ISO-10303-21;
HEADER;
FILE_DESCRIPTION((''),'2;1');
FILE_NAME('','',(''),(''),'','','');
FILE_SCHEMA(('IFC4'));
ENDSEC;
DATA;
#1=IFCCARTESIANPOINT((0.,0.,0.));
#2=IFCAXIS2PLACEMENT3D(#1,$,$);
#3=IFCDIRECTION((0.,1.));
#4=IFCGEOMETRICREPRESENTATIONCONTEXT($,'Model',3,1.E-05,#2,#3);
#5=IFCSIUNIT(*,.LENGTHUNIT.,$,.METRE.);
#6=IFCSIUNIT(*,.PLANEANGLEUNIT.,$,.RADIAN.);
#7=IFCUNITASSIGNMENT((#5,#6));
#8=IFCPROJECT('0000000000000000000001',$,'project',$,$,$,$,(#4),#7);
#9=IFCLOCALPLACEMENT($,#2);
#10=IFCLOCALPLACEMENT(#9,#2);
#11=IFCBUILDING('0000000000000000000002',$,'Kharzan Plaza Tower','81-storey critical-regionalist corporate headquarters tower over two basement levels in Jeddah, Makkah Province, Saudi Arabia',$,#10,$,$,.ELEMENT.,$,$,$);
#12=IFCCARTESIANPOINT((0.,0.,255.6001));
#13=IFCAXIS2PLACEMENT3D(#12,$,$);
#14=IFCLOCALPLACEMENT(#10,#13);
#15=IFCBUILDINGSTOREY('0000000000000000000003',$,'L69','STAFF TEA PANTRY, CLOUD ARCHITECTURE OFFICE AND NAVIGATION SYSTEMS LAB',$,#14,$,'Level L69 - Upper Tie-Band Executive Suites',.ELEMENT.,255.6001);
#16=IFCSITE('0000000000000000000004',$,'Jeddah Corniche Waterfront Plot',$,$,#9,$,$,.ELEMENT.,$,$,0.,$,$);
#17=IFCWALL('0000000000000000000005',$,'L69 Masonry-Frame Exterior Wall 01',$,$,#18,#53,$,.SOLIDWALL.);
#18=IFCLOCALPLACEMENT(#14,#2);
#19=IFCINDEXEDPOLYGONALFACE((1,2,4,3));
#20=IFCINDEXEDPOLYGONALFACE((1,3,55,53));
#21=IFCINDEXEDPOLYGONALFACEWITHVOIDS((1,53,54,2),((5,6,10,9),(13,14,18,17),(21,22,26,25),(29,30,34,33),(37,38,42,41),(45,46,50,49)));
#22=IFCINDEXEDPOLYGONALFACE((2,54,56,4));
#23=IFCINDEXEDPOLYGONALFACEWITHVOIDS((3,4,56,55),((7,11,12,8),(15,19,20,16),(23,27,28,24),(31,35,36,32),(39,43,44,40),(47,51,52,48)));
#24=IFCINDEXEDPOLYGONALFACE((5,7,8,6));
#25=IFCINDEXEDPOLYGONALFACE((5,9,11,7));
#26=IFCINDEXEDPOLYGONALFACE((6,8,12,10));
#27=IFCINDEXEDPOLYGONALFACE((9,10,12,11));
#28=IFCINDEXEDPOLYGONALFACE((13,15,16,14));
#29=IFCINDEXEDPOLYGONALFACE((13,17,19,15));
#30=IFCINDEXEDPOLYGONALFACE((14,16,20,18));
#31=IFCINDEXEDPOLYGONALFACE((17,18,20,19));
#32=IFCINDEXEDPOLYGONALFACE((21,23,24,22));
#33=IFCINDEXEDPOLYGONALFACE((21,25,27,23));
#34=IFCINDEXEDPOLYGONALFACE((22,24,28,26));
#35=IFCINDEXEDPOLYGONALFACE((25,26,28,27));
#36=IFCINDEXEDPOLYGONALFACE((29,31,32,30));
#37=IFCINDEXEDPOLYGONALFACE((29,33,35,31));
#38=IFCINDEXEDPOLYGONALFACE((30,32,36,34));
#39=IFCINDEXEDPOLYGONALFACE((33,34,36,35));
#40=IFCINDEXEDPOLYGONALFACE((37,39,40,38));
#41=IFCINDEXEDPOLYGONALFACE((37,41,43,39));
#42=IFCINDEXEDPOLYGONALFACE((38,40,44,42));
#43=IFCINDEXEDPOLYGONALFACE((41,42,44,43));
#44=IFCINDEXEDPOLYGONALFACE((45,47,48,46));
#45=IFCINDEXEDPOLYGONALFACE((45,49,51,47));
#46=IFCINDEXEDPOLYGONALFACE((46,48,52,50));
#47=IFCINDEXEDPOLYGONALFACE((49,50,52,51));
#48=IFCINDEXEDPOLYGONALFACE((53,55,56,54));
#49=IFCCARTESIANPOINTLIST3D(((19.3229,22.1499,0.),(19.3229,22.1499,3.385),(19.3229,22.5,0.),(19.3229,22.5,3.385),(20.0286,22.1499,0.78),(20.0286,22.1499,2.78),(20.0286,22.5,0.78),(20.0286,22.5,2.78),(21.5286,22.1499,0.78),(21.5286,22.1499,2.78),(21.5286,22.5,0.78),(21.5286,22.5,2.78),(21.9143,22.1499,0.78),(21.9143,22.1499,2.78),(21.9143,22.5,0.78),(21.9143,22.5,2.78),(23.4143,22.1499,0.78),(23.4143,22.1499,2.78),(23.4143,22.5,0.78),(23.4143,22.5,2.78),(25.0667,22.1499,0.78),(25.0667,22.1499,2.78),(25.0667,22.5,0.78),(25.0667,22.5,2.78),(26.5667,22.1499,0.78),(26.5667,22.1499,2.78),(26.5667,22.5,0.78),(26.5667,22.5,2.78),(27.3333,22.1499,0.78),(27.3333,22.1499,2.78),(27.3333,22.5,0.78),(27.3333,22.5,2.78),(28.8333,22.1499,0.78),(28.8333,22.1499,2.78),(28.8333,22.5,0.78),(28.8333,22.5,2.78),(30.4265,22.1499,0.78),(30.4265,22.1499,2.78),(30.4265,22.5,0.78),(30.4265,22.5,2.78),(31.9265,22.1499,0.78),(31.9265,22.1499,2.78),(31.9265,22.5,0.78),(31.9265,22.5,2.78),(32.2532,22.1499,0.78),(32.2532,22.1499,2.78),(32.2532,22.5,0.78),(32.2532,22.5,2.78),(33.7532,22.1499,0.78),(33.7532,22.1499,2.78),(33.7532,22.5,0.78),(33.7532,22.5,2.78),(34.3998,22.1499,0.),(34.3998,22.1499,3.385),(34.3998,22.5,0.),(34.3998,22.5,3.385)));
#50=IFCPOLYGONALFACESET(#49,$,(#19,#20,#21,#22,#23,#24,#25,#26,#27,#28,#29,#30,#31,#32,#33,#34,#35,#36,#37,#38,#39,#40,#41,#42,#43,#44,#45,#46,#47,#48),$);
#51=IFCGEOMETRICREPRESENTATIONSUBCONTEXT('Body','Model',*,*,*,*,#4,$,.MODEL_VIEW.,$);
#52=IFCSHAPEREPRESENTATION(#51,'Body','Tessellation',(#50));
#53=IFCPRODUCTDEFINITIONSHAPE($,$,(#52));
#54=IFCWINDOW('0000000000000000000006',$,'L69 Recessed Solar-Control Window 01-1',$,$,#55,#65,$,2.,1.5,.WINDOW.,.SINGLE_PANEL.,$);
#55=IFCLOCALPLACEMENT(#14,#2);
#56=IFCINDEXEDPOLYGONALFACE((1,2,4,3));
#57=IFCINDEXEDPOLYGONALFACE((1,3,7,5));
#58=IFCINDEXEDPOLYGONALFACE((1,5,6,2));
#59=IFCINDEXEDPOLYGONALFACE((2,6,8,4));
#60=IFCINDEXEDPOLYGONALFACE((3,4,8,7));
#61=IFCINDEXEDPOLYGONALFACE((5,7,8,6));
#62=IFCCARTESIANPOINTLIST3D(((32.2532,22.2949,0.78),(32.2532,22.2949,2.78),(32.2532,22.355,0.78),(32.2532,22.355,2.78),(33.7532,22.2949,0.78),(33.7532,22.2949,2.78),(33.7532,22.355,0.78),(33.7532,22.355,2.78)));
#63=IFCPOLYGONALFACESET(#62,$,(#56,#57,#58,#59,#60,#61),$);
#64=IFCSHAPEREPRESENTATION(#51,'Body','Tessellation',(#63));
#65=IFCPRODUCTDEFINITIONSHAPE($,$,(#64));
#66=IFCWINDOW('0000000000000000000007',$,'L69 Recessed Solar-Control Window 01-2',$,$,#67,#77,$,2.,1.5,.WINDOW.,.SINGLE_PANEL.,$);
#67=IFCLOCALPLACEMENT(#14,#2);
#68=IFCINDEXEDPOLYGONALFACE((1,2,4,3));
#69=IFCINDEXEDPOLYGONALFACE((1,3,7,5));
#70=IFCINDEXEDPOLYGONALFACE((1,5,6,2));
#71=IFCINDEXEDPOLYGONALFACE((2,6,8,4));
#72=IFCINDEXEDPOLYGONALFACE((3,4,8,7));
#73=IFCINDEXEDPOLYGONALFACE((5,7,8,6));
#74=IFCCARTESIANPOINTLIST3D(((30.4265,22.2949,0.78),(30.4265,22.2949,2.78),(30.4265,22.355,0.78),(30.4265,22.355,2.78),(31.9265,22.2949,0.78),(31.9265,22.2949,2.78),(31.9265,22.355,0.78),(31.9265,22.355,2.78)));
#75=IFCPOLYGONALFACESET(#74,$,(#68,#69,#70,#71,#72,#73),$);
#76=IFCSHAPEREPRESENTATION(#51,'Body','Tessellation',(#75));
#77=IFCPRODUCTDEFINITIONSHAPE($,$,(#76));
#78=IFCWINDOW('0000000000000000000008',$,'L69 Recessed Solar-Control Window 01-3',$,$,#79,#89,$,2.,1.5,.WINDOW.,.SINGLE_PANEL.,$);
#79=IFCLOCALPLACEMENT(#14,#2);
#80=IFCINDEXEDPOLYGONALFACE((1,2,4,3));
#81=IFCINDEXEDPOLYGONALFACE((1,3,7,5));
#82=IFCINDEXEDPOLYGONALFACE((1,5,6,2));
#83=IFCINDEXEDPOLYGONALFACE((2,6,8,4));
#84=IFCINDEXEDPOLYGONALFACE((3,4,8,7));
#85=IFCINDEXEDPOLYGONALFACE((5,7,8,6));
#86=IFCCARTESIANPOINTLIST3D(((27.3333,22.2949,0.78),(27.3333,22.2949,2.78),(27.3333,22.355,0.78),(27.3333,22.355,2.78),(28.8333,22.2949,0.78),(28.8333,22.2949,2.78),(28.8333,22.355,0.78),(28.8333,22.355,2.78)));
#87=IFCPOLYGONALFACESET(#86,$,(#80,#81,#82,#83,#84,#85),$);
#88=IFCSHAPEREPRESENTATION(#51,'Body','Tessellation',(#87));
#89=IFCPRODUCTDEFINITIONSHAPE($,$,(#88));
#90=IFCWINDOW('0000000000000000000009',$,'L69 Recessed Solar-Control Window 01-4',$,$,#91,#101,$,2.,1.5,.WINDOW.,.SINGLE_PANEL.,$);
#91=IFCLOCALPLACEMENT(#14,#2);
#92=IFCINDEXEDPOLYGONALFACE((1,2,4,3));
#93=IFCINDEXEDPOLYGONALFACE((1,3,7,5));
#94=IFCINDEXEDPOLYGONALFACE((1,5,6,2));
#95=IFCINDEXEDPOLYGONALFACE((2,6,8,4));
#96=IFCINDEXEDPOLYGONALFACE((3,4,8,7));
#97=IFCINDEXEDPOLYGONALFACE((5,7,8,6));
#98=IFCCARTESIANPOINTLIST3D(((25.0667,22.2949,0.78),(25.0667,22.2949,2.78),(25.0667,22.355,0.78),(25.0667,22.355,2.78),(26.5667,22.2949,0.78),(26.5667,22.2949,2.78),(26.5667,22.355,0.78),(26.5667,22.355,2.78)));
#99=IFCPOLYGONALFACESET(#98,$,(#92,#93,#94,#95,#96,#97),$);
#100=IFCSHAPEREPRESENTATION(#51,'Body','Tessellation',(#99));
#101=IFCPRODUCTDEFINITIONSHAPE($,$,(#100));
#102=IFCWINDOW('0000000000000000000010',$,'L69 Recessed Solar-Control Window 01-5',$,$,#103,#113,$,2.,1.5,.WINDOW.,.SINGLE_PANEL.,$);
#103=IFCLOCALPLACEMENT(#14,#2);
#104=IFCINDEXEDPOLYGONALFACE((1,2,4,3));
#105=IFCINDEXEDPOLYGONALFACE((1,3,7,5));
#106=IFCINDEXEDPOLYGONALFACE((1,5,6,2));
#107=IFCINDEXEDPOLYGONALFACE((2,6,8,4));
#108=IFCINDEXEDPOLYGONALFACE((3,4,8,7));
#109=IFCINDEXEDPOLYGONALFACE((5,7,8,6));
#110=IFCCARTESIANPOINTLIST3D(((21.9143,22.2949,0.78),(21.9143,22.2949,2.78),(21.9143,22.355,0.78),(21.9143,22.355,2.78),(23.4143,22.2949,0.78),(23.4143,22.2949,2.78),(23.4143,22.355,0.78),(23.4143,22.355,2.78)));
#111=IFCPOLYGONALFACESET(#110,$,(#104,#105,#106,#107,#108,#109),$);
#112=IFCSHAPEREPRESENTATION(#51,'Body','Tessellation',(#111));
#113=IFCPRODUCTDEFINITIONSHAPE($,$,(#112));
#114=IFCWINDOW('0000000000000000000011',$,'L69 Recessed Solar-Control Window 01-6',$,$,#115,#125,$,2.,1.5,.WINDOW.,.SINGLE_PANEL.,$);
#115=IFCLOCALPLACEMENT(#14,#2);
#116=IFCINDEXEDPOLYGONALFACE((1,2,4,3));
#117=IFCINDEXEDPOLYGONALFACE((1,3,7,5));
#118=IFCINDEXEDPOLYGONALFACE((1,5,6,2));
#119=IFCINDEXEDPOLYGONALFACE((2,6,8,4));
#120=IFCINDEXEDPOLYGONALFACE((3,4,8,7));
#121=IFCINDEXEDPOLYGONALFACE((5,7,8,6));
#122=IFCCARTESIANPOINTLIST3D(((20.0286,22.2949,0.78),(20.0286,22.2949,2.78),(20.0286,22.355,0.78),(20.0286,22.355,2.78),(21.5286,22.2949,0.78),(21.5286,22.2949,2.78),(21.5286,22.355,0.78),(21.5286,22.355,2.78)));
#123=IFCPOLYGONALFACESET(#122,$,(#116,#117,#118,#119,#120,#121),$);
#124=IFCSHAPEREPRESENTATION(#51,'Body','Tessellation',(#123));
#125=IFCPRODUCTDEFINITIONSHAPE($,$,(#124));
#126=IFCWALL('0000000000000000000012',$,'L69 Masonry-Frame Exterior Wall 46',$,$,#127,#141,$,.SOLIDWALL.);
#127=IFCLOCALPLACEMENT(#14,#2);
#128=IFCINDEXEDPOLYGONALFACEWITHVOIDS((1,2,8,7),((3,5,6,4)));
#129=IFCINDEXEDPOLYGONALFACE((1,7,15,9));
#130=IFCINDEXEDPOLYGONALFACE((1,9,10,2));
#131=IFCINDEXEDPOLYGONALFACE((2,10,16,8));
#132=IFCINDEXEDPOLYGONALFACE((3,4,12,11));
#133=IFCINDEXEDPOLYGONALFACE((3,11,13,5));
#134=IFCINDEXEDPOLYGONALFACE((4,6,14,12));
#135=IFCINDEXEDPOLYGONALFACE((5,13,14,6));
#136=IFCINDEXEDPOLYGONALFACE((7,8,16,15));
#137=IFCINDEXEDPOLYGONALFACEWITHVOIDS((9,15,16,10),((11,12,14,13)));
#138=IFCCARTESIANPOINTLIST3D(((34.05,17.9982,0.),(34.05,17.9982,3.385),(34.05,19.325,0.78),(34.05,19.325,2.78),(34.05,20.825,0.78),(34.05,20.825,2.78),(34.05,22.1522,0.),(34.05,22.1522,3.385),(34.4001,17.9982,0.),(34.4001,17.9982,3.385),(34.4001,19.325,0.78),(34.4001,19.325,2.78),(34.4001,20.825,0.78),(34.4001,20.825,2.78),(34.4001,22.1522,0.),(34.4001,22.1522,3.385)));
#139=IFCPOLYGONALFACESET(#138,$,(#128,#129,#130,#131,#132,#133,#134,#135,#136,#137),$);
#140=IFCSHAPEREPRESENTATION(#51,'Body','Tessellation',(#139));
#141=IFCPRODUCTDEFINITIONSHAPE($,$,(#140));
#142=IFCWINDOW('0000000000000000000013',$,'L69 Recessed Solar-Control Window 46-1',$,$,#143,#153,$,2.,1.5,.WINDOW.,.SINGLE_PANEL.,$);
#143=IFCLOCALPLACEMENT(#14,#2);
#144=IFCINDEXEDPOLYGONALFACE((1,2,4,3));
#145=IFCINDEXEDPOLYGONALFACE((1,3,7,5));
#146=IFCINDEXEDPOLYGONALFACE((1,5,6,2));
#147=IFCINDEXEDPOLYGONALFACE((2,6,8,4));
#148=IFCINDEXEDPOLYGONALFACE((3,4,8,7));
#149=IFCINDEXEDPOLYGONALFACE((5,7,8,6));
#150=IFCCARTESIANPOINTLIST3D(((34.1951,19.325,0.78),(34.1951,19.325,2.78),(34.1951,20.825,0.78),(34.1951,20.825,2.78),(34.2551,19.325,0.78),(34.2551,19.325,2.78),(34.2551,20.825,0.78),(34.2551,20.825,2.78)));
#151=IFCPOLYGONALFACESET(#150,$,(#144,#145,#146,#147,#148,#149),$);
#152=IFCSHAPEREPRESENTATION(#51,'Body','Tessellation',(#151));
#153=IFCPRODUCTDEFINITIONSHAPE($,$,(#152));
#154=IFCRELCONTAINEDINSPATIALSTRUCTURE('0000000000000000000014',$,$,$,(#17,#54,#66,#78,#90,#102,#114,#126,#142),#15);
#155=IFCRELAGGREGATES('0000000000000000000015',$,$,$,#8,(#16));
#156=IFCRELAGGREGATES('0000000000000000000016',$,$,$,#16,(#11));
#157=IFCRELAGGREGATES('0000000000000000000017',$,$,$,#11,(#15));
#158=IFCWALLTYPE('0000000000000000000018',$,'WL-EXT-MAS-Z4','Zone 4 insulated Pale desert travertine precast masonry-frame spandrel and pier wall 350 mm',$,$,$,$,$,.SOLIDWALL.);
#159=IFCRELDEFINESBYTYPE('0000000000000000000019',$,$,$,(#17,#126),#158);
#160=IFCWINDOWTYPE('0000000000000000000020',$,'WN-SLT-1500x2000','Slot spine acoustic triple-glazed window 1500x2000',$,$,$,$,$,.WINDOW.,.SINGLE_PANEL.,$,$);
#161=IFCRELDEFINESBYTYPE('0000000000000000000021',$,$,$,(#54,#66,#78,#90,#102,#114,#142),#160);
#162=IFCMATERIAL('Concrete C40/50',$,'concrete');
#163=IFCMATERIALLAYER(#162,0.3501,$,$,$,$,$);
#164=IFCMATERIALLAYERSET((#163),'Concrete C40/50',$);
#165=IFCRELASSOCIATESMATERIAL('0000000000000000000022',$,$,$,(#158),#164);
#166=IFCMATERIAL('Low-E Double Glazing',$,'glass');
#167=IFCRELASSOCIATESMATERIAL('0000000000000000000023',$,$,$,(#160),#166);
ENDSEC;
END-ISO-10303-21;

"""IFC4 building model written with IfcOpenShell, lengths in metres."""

from ifc_helpers import new_model, si_unit, direction, frame, frame_2d, origin, place, context, subcontext, project, spatial, rectangle, extrude, source, transform, mapped, material, layer, layer_set, type_object, element, fill, save


model = new_model("IFC4")

# Units and contexts
model_context = context("Model", 3, precision=1e-05, world=origin(), true_north=direction((0.0, 1.0)))
body_context = subcontext(model_context, "Body", "Model", "MODEL_VIEW")
ifc_project = project(units=[si_unit("LENGTHUNIT", "METRE"), si_unit("PLANEANGLEUNIT", "RADIAN")], contexts=[model_context])

# Site, building, storey
site_placement = place(None, origin())
site = spatial("IfcSite", under=ifc_project, at=site_placement, Name="Jeddah Corniche Waterfront Plot", CompositionType="ELEMENT", RefElevation=0.0)
building_placement = place(site_placement, origin())
building = spatial("IfcBuilding", under=site, at=building_placement, Name="Kharzan Plaza Tower", Description="81-storey critical-regionalist corporate headquarters tower over two basement levels in Jeddah, Makkah Province, Saudi Arabia", CompositionType="ELEMENT")
storey_placement = place(building_placement, frame((0.0, 0.0, 255.6001)))
storey = spatial("IfcBuildingStorey", under=building, at=storey_placement, Name="L69", Description="STAFF TEA PANTRY, CLOUD ARCHITECTURE OFFICE AND NAVIGATION SYSTEMS LAB", LongName="Level L69 - Upper Tie-Band Executive Suites", CompositionType="ELEMENT", Elevation=255.6001)

# Wall, openings, windows
ifc_material_1 = material(Name="Concrete C40/50", Category="concrete")
ifc_layer_1 = layer(ifc_material_1, 0.3501)
ifc_layer_set_1 = layer_set([ifc_layer_1], Name="Concrete C40/50")
wall_type_1 = type_object("IfcWallType", Name="WL-EXT-MAS-Z4", Description="Zone 4 insulated Pale desert travertine precast masonry-frame spandrel and pier wall 350 mm", PredefinedType="SOLIDWALL", material=ifc_layer_set_1)
wall_1_placement = place(storey_placement, frame((34.3999, 22.325, 0.0), z_axis=(0.0, 0.0, 1.0), x_axis=(-1.0, 0.0, 0.0)))
wall_1 = element("IfcWall", 1, at=wall_1_placement, inside=storey, type_object=wall_type_1, Name="L69 Masonry-Frame Exterior Wall 01", PredefinedType="SOLIDWALL", context=body_context, shape_type="SweptSolid", body=[
    extrude(rectangle(XDim=15.0769, YDim=0.3501, at=frame_2d((7.5386, 0.0))), origin(), (0.0, 0.0, 1.0), 3.385),
])
opening_1_placement = place(wall_1_placement, frame((0.6467, 0.0, 0.78)))
opening_1 = element("IfcOpeningElement", 2, at=opening_1_placement, cuts=wall_1, PredefinedType="OPENING", context=body_context, shape_type="SweptSolid", body=[
    extrude(rectangle(XDim=1.5, YDim=2.0, at=frame_2d((0.75, 1.0))), frame((0.0, 0.1851, 0.0), z_axis=(0.0, -1.0, 0.0), x_axis=(1.0, 0.0, 0.0)), (0.0, 0.0, 1.0), 0.3701),
])
opening_2_placement = place(wall_1_placement, frame((2.4734, 0.0, 0.78)))
opening_2 = element("IfcOpeningElement", 3, at=opening_2_placement, cuts=wall_1, PredefinedType="OPENING", context=body_context, shape_type="SweptSolid", body=[
    extrude(rectangle(XDim=1.5, YDim=2.0, at=frame_2d((0.75, 1.0))), frame((0.0, 0.1851, 0.0), z_axis=(0.0, -1.0, 0.0), x_axis=(1.0, 0.0, 0.0)), (0.0, 0.0, 1.0), 0.3701),
])
opening_3_placement = place(wall_1_placement, frame((5.5667, 0.0, 0.78)))
opening_3 = element("IfcOpeningElement", 4, at=opening_3_placement, cuts=wall_1, PredefinedType="OPENING", context=body_context, shape_type="SweptSolid", body=[
    extrude(rectangle(XDim=1.5, YDim=2.0, at=frame_2d((0.75, 1.0))), frame((0.0, 0.1851, 0.0), z_axis=(0.0, -1.0, 0.0), x_axis=(1.0, 0.0, 0.0)), (0.0, 0.0, 1.0), 0.3701),
])
opening_4_placement = place(wall_1_placement, frame((7.8333, 0.0, 0.78)))
opening_4 = element("IfcOpeningElement", 5, at=opening_4_placement, cuts=wall_1, PredefinedType="OPENING", context=body_context, shape_type="SweptSolid", body=[
    extrude(rectangle(XDim=1.5, YDim=2.0, at=frame_2d((0.75, 1.0))), frame((0.0, 0.1851, 0.0), z_axis=(0.0, -1.0, 0.0), x_axis=(1.0, 0.0, 0.0)), (0.0, 0.0, 1.0), 0.3701),
])
opening_5_placement = place(wall_1_placement, frame((10.9856, 0.0, 0.78)))
opening_5 = element("IfcOpeningElement", 6, at=opening_5_placement, cuts=wall_1, PredefinedType="OPENING", context=body_context, shape_type="SweptSolid", body=[
    extrude(rectangle(XDim=1.5, YDim=2.0, at=frame_2d((0.75, 1.0))), frame((0.0, 0.1851, 0.0), z_axis=(0.0, -1.0, 0.0), x_axis=(1.0, 0.0, 0.0)), (0.0, 0.0, 1.0), 0.3701),
])
opening_6_placement = place(wall_1_placement, frame((12.8713, 0.0, 0.78)))
opening_6 = element("IfcOpeningElement", 7, at=opening_6_placement, cuts=wall_1, PredefinedType="OPENING", context=body_context, shape_type="SweptSolid", body=[
    extrude(rectangle(XDim=1.5, YDim=2.0, at=frame_2d((0.75, 1.0))), frame((0.0, 0.1851, 0.0), z_axis=(0.0, -1.0, 0.0), x_axis=(1.0, 0.0, 0.0)), (0.0, 0.0, 1.0), 0.3701),
])
ifc_material_2 = material(Name="Low-E Double Glazing", Category="glass")
window_type = type_object("IfcWindowType", Name="WN-SLT-1500x2000", Description="Slot spine acoustic triple-glazed window 1500x2000", PartitioningType="SINGLE_PANEL", PredefinedType="WINDOW", material=ifc_material_2)
shared_shape_1 = source(origin(), body_context, "Body", "SweptSolid", [
    extrude(rectangle(XDim=1.5, YDim=2.0, at=frame_2d((0.75, 1.0))), frame((0.0, 0.03, 0.0), z_axis=(0.0, -1.0, 0.0), x_axis=(1.0, 0.0, 0.0)), (0.0, 0.0, 1.0), 0.0601),
])
window_1_placement = place(opening_1_placement, origin())
window_1 = element("IfcWindow", 8, at=window_1_placement, inside=storey, type_object=window_type, Name="L69 Recessed Solar-Control Window 01-1", OverallHeight=2.0, OverallWidth=1.5, PartitioningType="SINGLE_PANEL", PredefinedType="WINDOW", context=body_context, shape_type="MappedRepresentation", body=[
    mapped(shared_shape_1, transform((0.0, 0.0, 0.0), x_axis=(1.0, 0.0, 0.0), y_axis=(0.0, 1.0, 0.0), z_axis=(0.0, 0.0, 1.0))),
])
fill(opening_1, window_1)
window_2_placement = place(opening_2_placement, origin())
window_2 = element("IfcWindow", 9, at=window_2_placement, inside=storey, type_object=window_type, Name="L69 Recessed Solar-Control Window 01-2", OverallHeight=2.0, OverallWidth=1.5, PartitioningType="SINGLE_PANEL", PredefinedType="WINDOW", context=body_context, shape_type="MappedRepresentation", body=[
    mapped(shared_shape_1, transform((0.0, 0.0, 0.0), x_axis=(1.0, 0.0, 0.0), y_axis=(0.0, 1.0, 0.0), z_axis=(0.0, 0.0, 1.0))),
])
fill(opening_2, window_2)
window_3_placement = place(opening_3_placement, origin())
window_3 = element("IfcWindow", 10, at=window_3_placement, inside=storey, type_object=window_type, Name="L69 Recessed Solar-Control Window 01-3", OverallHeight=2.0, OverallWidth=1.5, PartitioningType="SINGLE_PANEL", PredefinedType="WINDOW", context=body_context, shape_type="MappedRepresentation", body=[
    mapped(shared_shape_1, transform((0.0, 0.0, 0.0), x_axis=(1.0, 0.0, 0.0), y_axis=(0.0, 1.0, 0.0), z_axis=(0.0, 0.0, 1.0))),
])
fill(opening_3, window_3)
window_4_placement = place(opening_4_placement, origin())
window_4 = element("IfcWindow", 11, at=window_4_placement, inside=storey, type_object=window_type, Name="L69 Recessed Solar-Control Window 01-4", OverallHeight=2.0, OverallWidth=1.5, PartitioningType="SINGLE_PANEL", PredefinedType="WINDOW", context=body_context, shape_type="MappedRepresentation", body=[
    mapped(shared_shape_1, transform((0.0, 0.0, 0.0), x_axis=(1.0, 0.0, 0.0), y_axis=(0.0, 1.0, 0.0), z_axis=(0.0, 0.0, 1.0))),
])
fill(opening_4, window_4)
window_5_placement = place(opening_5_placement, origin())
window_5 = element("IfcWindow", 12, at=window_5_placement, inside=storey, type_object=window_type, Name="L69 Recessed Solar-Control Window 01-5", OverallHeight=2.0, OverallWidth=1.5, PartitioningType="SINGLE_PANEL", PredefinedType="WINDOW", context=body_context, shape_type="MappedRepresentation", body=[
    mapped(shared_shape_1, transform((0.0, 0.0, 0.0), x_axis=(1.0, 0.0, 0.0), y_axis=(0.0, 1.0, 0.0), z_axis=(0.0, 0.0, 1.0))),
])
fill(opening_5, window_5)
window_6_placement = place(opening_6_placement, origin())
window_6 = element("IfcWindow", 13, at=window_6_placement, inside=storey, type_object=window_type, Name="L69 Recessed Solar-Control Window 01-6", OverallHeight=2.0, OverallWidth=1.5, PartitioningType="SINGLE_PANEL", PredefinedType="WINDOW", context=body_context, shape_type="MappedRepresentation", body=[
    mapped(shared_shape_1, transform((0.0, 0.0, 0.0), x_axis=(1.0, 0.0, 0.0), y_axis=(0.0, 1.0, 0.0), z_axis=(0.0, 0.0, 1.0))),
])
fill(opening_6, window_6)

# Wall, opening, window
wall_2_placement = place(storey_placement, frame((34.2251, 17.998, 0.0), z_axis=(0.0, 0.0, 1.0), x_axis=(0.0, 1.0, 0.0)))
wall_2 = element("IfcWall", 14, at=wall_2_placement, inside=storey, type_object=wall_type_1, Name="L69 Masonry-Frame Exterior Wall 46", PredefinedType="SOLIDWALL", context=body_context, shape_type="SweptSolid", body=[
    extrude(rectangle(XDim=4.1541, YDim=0.3501, at=frame_2d((2.0771, 0.0))), origin(), (0.0, 0.0, 1.0), 3.385),
])
opening_7_placement = place(wall_2_placement, frame((1.3269, 0.0, 0.78)))
opening_7 = element("IfcOpeningElement", 15, at=opening_7_placement, cuts=wall_2, PredefinedType="OPENING", context=body_context, shape_type="SweptSolid", body=[
    extrude(rectangle(XDim=1.5, YDim=2.0, at=frame_2d((0.75, 1.0))), frame((0.0, 0.1851, 0.0), z_axis=(0.0, -1.0, 0.0), x_axis=(1.0, 0.0, 0.0)), (0.0, 0.0, 1.0), 0.3701),
])
window_7_placement = place(opening_7_placement, origin())
window_7 = element("IfcWindow", 16, at=window_7_placement, inside=storey, type_object=window_type, Name="L69 Recessed Solar-Control Window 46-1", OverallHeight=2.0, OverallWidth=1.5, PartitioningType="SINGLE_PANEL", PredefinedType="WINDOW", context=body_context, shape_type="MappedRepresentation", body=[
    mapped(shared_shape_1, transform((0.0, 0.0, 0.0), x_axis=(1.0, 0.0, 0.0), y_axis=(0.0, 1.0, 0.0), z_axis=(0.0, 0.0, 1.0))),
])
fill(opening_7, window_7)

save(model, "model.ifc")
